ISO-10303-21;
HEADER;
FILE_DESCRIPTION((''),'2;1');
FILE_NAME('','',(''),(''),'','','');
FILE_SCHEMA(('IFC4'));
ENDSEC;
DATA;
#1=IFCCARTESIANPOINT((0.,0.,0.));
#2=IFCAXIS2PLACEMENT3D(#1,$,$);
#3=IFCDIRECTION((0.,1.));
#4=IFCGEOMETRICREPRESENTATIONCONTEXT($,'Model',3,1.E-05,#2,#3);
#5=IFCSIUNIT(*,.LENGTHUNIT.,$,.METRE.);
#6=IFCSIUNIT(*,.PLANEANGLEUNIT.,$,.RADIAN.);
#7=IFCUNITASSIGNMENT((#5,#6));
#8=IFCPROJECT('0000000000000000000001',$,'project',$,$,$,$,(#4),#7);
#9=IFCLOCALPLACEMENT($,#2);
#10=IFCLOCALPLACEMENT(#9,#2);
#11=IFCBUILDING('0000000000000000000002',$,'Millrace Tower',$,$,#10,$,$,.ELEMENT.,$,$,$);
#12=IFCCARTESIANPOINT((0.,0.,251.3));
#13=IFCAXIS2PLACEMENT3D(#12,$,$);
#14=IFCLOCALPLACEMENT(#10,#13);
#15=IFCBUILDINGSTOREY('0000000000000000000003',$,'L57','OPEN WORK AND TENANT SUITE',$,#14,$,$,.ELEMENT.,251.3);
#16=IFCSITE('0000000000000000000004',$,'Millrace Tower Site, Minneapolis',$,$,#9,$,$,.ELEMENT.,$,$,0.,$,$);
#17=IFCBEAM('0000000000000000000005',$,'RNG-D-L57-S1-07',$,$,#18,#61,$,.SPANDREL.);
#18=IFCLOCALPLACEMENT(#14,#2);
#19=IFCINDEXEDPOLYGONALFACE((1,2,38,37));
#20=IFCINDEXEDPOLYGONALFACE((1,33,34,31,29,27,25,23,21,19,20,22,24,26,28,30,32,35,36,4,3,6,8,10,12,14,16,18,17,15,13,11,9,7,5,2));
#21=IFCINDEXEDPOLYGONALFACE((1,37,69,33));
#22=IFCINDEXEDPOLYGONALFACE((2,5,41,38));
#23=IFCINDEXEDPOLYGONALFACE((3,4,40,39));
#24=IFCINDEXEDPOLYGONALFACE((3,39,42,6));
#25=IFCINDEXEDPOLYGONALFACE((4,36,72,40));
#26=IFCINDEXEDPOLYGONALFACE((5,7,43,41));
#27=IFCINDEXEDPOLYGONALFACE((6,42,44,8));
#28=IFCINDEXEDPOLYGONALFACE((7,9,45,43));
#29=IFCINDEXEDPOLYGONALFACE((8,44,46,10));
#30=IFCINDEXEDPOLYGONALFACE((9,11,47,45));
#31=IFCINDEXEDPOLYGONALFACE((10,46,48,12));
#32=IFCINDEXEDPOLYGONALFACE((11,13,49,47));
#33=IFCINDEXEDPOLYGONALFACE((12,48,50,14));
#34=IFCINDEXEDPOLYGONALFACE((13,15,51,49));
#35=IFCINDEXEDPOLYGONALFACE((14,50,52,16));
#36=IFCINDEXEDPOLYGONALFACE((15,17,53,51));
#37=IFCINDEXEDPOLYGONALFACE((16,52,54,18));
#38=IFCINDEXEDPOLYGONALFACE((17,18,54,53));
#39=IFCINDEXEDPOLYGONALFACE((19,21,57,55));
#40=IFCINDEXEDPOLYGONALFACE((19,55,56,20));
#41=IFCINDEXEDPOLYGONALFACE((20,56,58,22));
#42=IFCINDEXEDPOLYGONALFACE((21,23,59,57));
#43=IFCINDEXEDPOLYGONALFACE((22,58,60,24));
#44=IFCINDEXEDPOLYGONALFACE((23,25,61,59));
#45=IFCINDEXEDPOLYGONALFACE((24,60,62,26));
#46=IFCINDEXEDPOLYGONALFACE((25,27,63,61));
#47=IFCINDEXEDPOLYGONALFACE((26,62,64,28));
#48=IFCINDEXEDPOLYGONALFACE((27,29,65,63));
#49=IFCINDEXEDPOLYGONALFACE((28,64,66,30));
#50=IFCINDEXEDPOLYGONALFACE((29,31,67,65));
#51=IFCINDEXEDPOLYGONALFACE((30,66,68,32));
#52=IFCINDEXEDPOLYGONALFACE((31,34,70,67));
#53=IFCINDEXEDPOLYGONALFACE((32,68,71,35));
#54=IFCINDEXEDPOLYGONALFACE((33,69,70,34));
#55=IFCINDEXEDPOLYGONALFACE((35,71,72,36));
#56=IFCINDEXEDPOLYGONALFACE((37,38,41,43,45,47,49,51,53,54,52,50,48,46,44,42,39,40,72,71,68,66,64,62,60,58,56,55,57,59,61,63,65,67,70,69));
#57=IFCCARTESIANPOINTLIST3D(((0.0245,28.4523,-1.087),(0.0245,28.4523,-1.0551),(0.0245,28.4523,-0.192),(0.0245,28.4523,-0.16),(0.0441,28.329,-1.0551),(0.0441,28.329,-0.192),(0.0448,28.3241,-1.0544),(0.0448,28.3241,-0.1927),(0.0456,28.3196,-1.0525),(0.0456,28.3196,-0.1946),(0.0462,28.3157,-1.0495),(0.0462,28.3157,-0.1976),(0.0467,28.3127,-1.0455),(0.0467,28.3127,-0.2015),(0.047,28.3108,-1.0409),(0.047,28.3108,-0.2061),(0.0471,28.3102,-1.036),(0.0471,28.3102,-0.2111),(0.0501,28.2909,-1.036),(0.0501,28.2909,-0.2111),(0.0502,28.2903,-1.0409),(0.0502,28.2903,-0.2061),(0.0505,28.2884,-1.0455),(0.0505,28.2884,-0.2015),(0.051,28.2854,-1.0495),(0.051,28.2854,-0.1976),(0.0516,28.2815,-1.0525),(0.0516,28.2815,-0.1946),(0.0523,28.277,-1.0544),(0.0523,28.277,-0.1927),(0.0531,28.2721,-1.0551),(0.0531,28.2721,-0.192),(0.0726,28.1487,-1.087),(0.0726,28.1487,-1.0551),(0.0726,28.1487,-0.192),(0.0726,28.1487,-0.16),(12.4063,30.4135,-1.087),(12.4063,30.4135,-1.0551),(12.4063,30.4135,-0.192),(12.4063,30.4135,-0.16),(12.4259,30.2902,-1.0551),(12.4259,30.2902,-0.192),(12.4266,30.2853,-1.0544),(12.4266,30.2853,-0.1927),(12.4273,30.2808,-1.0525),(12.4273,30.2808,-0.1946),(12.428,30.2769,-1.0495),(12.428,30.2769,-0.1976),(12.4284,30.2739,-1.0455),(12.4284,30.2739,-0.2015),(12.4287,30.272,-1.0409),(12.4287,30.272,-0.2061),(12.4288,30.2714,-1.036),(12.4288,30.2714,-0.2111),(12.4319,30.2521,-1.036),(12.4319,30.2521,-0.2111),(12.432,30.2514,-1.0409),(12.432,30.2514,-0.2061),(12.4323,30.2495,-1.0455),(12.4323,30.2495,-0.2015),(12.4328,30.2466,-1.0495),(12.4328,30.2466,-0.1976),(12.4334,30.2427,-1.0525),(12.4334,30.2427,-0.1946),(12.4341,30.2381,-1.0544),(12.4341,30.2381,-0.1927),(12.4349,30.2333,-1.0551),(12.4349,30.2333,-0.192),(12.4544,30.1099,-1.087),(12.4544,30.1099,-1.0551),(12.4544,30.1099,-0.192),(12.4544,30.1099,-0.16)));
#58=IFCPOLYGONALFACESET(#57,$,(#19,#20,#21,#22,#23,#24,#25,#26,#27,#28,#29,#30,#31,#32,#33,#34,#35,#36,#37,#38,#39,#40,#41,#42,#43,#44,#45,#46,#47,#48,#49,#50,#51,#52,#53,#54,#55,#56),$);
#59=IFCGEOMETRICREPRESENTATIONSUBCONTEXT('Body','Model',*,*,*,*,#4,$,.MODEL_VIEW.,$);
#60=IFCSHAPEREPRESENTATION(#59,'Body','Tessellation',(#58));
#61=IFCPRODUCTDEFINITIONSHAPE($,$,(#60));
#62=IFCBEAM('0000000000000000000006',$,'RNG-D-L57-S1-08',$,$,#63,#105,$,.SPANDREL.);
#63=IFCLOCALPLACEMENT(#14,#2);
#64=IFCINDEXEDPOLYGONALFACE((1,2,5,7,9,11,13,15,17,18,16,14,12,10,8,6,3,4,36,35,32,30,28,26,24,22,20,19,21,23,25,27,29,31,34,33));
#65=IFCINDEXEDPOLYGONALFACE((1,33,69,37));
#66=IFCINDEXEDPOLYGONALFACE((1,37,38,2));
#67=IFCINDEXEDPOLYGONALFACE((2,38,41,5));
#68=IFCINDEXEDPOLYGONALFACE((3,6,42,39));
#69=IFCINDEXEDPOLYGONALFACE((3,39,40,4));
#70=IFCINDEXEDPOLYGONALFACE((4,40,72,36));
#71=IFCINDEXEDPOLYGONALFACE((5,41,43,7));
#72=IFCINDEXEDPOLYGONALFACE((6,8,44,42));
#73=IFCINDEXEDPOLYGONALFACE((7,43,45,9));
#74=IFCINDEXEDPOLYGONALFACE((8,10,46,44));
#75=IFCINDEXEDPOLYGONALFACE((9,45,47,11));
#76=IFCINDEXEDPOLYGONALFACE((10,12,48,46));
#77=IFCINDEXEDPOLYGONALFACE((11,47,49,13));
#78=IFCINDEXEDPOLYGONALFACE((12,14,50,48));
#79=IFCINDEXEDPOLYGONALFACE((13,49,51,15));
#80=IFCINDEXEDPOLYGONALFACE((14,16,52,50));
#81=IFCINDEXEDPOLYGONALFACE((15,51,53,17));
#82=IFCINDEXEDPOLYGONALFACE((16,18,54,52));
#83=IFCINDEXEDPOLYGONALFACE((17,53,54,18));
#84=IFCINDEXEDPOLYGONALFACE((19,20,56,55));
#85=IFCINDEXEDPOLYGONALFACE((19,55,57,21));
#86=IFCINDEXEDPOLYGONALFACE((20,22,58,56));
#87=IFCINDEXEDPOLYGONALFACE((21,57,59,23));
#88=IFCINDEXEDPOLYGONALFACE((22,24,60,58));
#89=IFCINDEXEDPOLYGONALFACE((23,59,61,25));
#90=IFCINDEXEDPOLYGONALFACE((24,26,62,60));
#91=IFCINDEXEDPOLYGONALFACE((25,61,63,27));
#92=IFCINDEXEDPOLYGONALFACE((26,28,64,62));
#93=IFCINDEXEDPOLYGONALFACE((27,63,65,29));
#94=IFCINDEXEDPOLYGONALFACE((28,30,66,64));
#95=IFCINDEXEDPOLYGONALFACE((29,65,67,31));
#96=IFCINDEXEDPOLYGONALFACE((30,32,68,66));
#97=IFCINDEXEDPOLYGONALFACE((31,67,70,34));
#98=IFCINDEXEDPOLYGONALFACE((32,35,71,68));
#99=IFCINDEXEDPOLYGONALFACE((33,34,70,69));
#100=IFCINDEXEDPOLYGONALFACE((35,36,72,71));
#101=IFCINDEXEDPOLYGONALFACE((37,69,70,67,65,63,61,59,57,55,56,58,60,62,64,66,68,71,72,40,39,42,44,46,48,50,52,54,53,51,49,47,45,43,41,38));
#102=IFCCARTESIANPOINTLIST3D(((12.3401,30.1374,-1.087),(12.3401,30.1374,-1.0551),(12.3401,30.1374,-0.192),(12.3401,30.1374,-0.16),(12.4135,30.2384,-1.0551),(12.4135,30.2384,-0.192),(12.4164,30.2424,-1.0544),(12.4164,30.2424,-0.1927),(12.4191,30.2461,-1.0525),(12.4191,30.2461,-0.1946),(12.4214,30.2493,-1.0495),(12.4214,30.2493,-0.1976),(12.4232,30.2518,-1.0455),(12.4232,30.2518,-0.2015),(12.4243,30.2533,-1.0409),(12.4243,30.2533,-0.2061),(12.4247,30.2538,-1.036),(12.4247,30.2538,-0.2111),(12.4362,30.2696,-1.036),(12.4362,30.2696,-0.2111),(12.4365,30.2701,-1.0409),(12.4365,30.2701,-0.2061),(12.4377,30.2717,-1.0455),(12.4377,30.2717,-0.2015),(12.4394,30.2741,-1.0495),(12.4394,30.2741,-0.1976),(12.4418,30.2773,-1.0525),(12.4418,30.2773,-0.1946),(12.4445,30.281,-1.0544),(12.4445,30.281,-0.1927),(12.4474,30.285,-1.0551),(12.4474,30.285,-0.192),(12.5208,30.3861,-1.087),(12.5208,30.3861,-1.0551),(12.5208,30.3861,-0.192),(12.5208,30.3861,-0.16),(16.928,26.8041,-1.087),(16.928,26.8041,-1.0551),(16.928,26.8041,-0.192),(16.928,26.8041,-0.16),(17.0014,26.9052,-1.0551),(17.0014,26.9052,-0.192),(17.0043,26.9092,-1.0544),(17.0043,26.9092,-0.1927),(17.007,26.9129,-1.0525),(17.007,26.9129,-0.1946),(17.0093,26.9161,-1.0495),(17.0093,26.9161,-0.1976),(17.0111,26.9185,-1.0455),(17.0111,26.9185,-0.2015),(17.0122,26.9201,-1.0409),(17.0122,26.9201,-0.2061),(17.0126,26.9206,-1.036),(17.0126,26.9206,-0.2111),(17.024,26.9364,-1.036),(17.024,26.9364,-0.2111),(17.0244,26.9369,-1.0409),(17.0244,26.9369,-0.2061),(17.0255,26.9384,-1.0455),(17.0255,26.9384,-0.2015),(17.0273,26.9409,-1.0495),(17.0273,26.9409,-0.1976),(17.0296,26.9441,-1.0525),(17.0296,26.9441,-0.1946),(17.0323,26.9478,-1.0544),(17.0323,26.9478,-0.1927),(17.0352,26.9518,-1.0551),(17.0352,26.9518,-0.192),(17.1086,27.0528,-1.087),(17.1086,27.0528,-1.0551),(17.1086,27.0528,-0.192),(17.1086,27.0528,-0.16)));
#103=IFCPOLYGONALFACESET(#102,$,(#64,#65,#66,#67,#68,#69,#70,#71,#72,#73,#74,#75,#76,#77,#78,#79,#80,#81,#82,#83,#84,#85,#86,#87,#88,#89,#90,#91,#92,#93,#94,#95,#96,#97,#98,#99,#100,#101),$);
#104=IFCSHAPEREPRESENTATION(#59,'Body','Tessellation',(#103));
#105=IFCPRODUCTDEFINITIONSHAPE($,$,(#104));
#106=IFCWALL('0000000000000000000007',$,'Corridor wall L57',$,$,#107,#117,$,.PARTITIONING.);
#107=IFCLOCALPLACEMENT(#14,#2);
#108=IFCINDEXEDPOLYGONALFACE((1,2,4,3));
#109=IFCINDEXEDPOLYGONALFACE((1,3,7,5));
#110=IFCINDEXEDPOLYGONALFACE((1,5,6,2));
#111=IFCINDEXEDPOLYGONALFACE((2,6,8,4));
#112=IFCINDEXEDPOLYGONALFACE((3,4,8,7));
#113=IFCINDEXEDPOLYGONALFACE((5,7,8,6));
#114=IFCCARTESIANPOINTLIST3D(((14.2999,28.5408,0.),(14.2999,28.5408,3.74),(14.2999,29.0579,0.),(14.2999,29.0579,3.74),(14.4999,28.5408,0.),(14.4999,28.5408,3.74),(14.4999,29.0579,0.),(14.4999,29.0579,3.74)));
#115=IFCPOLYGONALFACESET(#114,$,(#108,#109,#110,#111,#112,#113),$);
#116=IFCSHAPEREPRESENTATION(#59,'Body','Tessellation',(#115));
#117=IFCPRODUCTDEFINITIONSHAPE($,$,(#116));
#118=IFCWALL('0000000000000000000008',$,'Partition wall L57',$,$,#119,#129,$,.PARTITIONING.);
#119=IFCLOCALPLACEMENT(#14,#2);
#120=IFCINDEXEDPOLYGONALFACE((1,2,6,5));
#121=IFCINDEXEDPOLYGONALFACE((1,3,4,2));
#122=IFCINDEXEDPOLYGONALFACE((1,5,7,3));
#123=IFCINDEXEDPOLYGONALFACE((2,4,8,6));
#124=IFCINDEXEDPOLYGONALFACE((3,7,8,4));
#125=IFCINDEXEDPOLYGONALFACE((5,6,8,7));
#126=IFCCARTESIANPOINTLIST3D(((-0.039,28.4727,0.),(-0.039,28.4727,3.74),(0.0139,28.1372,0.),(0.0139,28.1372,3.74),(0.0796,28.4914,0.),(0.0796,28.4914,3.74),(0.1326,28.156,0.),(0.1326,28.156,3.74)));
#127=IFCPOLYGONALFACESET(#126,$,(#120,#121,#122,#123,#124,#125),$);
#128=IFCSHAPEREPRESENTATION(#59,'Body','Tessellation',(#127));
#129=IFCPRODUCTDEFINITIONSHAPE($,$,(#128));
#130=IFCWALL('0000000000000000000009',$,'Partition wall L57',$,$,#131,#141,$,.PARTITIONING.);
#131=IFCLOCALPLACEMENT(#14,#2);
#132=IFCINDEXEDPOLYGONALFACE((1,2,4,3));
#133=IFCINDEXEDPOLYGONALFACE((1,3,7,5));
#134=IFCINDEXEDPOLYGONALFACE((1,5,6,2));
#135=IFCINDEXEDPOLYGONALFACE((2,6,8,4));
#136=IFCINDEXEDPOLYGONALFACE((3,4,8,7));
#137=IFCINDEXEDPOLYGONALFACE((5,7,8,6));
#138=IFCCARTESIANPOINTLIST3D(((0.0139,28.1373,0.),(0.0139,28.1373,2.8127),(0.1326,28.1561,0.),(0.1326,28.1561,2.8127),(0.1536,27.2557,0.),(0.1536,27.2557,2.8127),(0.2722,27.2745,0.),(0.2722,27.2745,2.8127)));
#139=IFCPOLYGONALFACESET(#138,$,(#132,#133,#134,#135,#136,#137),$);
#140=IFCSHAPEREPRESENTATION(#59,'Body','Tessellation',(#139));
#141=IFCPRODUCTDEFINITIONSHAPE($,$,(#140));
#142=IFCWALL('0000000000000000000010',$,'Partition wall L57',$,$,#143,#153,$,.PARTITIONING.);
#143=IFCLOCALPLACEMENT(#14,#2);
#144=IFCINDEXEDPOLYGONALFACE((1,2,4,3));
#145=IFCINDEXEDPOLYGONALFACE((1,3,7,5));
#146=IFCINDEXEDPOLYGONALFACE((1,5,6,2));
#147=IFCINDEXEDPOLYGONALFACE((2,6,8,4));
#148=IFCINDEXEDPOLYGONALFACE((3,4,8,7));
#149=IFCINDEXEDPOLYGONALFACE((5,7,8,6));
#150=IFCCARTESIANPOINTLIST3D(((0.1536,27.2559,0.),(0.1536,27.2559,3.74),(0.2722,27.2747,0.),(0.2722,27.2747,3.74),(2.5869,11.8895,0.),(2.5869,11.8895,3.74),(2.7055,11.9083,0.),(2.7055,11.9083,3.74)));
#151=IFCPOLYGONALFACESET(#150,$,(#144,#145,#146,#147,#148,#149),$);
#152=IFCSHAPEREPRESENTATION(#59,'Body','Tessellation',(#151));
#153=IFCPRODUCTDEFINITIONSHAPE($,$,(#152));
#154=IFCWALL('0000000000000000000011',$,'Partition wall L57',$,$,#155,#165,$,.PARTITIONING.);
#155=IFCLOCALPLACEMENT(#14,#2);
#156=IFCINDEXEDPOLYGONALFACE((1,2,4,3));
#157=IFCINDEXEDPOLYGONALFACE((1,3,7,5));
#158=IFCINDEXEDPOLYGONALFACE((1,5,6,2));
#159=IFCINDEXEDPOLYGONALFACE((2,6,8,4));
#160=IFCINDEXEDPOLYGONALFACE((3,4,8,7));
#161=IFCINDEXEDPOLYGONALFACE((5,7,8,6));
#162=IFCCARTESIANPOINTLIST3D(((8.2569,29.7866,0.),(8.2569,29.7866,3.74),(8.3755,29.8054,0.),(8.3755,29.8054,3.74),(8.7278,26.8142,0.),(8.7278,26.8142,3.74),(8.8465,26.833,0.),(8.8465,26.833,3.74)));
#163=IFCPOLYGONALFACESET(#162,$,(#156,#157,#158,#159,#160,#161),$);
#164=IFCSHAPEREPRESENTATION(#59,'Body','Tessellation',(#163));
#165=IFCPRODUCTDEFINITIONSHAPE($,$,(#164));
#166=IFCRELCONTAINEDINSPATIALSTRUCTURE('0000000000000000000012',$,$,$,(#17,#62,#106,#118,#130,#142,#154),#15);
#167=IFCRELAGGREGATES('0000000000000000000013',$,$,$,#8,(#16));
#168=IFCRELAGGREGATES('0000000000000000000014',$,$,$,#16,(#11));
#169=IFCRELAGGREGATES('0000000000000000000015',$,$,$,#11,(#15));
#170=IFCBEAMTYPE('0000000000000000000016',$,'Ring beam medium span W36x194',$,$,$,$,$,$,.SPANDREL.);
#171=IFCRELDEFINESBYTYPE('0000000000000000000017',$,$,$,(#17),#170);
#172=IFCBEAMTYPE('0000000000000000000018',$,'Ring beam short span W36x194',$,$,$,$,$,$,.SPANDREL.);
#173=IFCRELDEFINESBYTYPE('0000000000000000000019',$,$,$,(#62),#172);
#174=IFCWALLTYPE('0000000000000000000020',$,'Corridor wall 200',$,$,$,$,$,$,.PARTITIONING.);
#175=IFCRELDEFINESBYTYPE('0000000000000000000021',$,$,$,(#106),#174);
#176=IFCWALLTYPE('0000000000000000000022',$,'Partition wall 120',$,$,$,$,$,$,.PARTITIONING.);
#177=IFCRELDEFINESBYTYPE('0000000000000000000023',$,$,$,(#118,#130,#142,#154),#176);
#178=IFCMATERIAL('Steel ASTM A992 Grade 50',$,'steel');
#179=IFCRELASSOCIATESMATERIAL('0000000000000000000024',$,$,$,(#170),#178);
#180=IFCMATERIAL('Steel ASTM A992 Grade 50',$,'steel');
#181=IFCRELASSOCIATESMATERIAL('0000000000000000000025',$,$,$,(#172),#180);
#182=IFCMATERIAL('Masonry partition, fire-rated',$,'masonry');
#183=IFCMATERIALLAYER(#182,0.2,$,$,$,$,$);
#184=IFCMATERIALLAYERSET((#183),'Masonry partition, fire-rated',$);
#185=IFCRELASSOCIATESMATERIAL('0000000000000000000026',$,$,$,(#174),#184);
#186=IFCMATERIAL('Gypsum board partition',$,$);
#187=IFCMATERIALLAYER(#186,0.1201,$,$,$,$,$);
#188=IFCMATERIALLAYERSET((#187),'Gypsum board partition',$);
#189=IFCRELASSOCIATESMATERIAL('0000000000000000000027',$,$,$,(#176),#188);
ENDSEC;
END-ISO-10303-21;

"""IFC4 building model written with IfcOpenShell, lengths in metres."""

from ifc_helpers import new_model, si_unit, direction, frame, frame_2d, origin, origin_2d, place, context, subcontext, project, spatial, rectangle, i_section, extrude, material, layer, layer_set, material_profile, profile_set, type_object, element, save


model = new_model("IFC4")

# Units and contexts
model_context = context("Model", 3, precision=1e-05, world=origin(), true_north=direction((0.0, 1.0)))
body_context = subcontext(model_context, "Body", "Model", "MODEL_VIEW")
ifc_project = project(units=[si_unit("LENGTHUNIT", "METRE"), si_unit("PLANEANGLEUNIT", "RADIAN")], contexts=[model_context])

# Site, building, storey
site_placement = place(None, origin())
site = spatial("IfcSite", under=ifc_project, at=site_placement, Name="Millrace Tower Site, Minneapolis", CompositionType="ELEMENT", RefElevation=0.0)
building_placement = place(site_placement, origin())
building = spatial("IfcBuilding", under=site, at=building_placement, Name="Millrace Tower", CompositionType="ELEMENT")
storey_placement = place(building_placement, frame((0.0, 0.0, 251.3)))
storey = spatial("IfcBuildingStorey", under=building, at=storey_placement, Name="L57", Description="OPEN WORK AND TENANT SUITE", CompositionType="ELEMENT", Elevation=251.3)

# Beams
ifc_material_1 = material(Name="Steel ASTM A992 Grade 50", Category="steel")
ifc_material_profile_1 = material_profile(ifc_material_1, i_section(OverallWidth=0.3074, OverallDepth=0.927, WebThickness=0.0195, FlangeThickness=0.032, FilletRadius=0.019, at=origin_2d()))
ifc_profile_set_1 = profile_set([ifc_material_profile_1], Name="Steel ASTM A992 Grade 50")
beam_type_1 = type_object("IfcBeamType", Name="Ring beam medium span W36x194", PredefinedType="SPANDREL", material=ifc_profile_set_1)
beam_1_placement = place(storey_placement, frame((0.0486, 28.3005, -0.6235), z_axis=(0.987687, 0.156442, 0.0), x_axis=(-0.156442, 0.987687, 0.0)))
element("IfcBeam", 1, at=beam_1_placement, inside=storey, type_object=beam_type_1, Name="RNG-D-L57-S1-07", PredefinedType="SPANDREL", context=body_context, shape_type="SweptSolid", body=[
    extrude(i_section(OverallWidth=0.3074, OverallDepth=0.927, WebThickness=0.0195, FlangeThickness=0.032, FilletRadius=0.019, at=origin_2d()), origin(), (0.0, 0.0, 1.0), 12.5361),
])
ifc_material_2 = material(Name="Steel ASTM A992 Grade 50", Category="steel")
ifc_material_profile_2 = material_profile(ifc_material_2, i_section(OverallWidth=0.3074, OverallDepth=0.927, WebThickness=0.0195, FlangeThickness=0.032, FilletRadius=0.019, at=origin_2d()))
ifc_profile_set_2 = profile_set([ifc_material_profile_2], Name="Steel ASTM A992 Grade 50")
beam_type_2 = type_object("IfcBeamType", Name="Ring beam short span W36x194", PredefinedType="SPANDREL", material=ifc_profile_set_2)
beam_2_placement = place(storey_placement, frame((12.4304, 30.2617, -0.6235), z_axis=(0.809021, -0.58778, 0.0), x_axis=(0.58778, 0.809021, 0.0)))
element("IfcBeam", 2, at=beam_2_placement, inside=storey, type_object=beam_type_2, Name="RNG-D-L57-S1-08", PredefinedType="SPANDREL", context=body_context, shape_type="SweptSolid", body=[
    extrude(i_section(OverallWidth=0.3074, OverallDepth=0.927, WebThickness=0.0195, FlangeThickness=0.032, FilletRadius=0.019, at=origin_2d()), origin(), (0.0, 0.0, 1.0), 5.6709),
])

# Walls
ifc_material_3 = material(Name="Masonry partition, fire-rated", Category="masonry")
ifc_layer_1 = layer(ifc_material_3, 0.2)
ifc_layer_set_1 = layer_set([ifc_layer_1], Name="Masonry partition, fire-rated")
wall_type_1 = type_object("IfcWallType", Name="Corridor wall 200", PredefinedType="PARTITIONING", material=ifc_layer_set_1)
wall_1_placement = place(storey_placement, frame((14.3999, 28.5408, 0.0), z_axis=(0.0, 0.0, 1.0), x_axis=(0.0, 1.0, 0.0)))
element("IfcWall", 3, at=wall_1_placement, inside=storey, type_object=wall_type_1, Name="Corridor wall L57", PredefinedType="PARTITIONING", context=body_context, shape_type="SweptSolid", body=[
    extrude(rectangle(XDim=0.5171, YDim=0.2, at=frame_2d((0.2585, 0.0))), origin(), (0.0, 0.0, 1.0), 3.74),
])
ifc_material_4 = material(Name="Gypsum board partition")
ifc_layer_2 = layer(ifc_material_4, 0.1201)
ifc_layer_set_2 = layer_set([ifc_layer_2], Name="Gypsum board partition")
wall_type_2 = type_object("IfcWallType", Name="Partition wall 120", PredefinedType="PARTITIONING", material=ifc_layer_set_2)
wall_2_placement = place(storey_placement, frame((0.0203, 28.4822, 0.0), z_axis=(0.0, 0.0, 1.0), x_axis=(0.155999, -0.987757, 0.0)))
element("IfcWall", 4, at=wall_2_placement, inside=storey, type_object=wall_type_2, Name="Partition wall L57", PredefinedType="PARTITIONING", context=body_context, shape_type="SweptSolid", body=[
    extrude(rectangle(XDim=0.3396, YDim=0.1201, at=frame_2d((0.1699, 0.0))), origin(), (0.0, 0.0, 1.0), 3.74),
])
wall_3_placement = place(storey_placement, frame((0.0732, 28.1467, 0.0), z_axis=(0.0, 0.0, 1.0), x_axis=(0.156454, -0.987685, 0.0)))
element("IfcWall", 5, at=wall_3_placement, inside=storey, type_object=wall_type_2, Name="Partition wall L57", PredefinedType="PARTITIONING", context=body_context, shape_type="SweptSolid", body=[
    extrude(rectangle(XDim=0.8926, YDim=0.1201, at=frame_2d((0.4463, 0.0))), origin(), (0.0, 0.0, 1.0), 2.8127),
])
wall_4_placement = place(storey_placement, frame((0.2129, 27.2651, 0.0), z_axis=(0.0, 0.0, 1.0), x_axis=(0.156406, -0.987693, 0.0)))
element("IfcWall", 6, at=wall_4_placement, inside=storey, type_object=wall_type_2, Name="Partition wall L57", PredefinedType="PARTITIONING", context=body_context, shape_type="SweptSolid", body=[
    extrude(rectangle(XDim=15.5579, YDim=0.1201, at=frame_2d((7.7788, 0.0))), origin(), (0.0, 0.0, 1.0), 3.74),
])
wall_5_placement = place(storey_placement, frame((8.3162, 29.7961, 0.0), z_axis=(0.0, 0.0, 1.0), x_axis=(0.156487, -0.98768, 0.0)))
element("IfcWall", 7, at=wall_5_placement, inside=storey, type_object=wall_type_2, Name="Partition wall L57", PredefinedType="PARTITIONING", context=body_context, shape_type="SweptSolid", body=[
    extrude(rectangle(XDim=3.0095, YDim=0.1201, at=frame_2d((1.5049, 0.0))), origin(), (0.0, 0.0, 1.0), 3.74),
])

save(model, "model.ifc")
